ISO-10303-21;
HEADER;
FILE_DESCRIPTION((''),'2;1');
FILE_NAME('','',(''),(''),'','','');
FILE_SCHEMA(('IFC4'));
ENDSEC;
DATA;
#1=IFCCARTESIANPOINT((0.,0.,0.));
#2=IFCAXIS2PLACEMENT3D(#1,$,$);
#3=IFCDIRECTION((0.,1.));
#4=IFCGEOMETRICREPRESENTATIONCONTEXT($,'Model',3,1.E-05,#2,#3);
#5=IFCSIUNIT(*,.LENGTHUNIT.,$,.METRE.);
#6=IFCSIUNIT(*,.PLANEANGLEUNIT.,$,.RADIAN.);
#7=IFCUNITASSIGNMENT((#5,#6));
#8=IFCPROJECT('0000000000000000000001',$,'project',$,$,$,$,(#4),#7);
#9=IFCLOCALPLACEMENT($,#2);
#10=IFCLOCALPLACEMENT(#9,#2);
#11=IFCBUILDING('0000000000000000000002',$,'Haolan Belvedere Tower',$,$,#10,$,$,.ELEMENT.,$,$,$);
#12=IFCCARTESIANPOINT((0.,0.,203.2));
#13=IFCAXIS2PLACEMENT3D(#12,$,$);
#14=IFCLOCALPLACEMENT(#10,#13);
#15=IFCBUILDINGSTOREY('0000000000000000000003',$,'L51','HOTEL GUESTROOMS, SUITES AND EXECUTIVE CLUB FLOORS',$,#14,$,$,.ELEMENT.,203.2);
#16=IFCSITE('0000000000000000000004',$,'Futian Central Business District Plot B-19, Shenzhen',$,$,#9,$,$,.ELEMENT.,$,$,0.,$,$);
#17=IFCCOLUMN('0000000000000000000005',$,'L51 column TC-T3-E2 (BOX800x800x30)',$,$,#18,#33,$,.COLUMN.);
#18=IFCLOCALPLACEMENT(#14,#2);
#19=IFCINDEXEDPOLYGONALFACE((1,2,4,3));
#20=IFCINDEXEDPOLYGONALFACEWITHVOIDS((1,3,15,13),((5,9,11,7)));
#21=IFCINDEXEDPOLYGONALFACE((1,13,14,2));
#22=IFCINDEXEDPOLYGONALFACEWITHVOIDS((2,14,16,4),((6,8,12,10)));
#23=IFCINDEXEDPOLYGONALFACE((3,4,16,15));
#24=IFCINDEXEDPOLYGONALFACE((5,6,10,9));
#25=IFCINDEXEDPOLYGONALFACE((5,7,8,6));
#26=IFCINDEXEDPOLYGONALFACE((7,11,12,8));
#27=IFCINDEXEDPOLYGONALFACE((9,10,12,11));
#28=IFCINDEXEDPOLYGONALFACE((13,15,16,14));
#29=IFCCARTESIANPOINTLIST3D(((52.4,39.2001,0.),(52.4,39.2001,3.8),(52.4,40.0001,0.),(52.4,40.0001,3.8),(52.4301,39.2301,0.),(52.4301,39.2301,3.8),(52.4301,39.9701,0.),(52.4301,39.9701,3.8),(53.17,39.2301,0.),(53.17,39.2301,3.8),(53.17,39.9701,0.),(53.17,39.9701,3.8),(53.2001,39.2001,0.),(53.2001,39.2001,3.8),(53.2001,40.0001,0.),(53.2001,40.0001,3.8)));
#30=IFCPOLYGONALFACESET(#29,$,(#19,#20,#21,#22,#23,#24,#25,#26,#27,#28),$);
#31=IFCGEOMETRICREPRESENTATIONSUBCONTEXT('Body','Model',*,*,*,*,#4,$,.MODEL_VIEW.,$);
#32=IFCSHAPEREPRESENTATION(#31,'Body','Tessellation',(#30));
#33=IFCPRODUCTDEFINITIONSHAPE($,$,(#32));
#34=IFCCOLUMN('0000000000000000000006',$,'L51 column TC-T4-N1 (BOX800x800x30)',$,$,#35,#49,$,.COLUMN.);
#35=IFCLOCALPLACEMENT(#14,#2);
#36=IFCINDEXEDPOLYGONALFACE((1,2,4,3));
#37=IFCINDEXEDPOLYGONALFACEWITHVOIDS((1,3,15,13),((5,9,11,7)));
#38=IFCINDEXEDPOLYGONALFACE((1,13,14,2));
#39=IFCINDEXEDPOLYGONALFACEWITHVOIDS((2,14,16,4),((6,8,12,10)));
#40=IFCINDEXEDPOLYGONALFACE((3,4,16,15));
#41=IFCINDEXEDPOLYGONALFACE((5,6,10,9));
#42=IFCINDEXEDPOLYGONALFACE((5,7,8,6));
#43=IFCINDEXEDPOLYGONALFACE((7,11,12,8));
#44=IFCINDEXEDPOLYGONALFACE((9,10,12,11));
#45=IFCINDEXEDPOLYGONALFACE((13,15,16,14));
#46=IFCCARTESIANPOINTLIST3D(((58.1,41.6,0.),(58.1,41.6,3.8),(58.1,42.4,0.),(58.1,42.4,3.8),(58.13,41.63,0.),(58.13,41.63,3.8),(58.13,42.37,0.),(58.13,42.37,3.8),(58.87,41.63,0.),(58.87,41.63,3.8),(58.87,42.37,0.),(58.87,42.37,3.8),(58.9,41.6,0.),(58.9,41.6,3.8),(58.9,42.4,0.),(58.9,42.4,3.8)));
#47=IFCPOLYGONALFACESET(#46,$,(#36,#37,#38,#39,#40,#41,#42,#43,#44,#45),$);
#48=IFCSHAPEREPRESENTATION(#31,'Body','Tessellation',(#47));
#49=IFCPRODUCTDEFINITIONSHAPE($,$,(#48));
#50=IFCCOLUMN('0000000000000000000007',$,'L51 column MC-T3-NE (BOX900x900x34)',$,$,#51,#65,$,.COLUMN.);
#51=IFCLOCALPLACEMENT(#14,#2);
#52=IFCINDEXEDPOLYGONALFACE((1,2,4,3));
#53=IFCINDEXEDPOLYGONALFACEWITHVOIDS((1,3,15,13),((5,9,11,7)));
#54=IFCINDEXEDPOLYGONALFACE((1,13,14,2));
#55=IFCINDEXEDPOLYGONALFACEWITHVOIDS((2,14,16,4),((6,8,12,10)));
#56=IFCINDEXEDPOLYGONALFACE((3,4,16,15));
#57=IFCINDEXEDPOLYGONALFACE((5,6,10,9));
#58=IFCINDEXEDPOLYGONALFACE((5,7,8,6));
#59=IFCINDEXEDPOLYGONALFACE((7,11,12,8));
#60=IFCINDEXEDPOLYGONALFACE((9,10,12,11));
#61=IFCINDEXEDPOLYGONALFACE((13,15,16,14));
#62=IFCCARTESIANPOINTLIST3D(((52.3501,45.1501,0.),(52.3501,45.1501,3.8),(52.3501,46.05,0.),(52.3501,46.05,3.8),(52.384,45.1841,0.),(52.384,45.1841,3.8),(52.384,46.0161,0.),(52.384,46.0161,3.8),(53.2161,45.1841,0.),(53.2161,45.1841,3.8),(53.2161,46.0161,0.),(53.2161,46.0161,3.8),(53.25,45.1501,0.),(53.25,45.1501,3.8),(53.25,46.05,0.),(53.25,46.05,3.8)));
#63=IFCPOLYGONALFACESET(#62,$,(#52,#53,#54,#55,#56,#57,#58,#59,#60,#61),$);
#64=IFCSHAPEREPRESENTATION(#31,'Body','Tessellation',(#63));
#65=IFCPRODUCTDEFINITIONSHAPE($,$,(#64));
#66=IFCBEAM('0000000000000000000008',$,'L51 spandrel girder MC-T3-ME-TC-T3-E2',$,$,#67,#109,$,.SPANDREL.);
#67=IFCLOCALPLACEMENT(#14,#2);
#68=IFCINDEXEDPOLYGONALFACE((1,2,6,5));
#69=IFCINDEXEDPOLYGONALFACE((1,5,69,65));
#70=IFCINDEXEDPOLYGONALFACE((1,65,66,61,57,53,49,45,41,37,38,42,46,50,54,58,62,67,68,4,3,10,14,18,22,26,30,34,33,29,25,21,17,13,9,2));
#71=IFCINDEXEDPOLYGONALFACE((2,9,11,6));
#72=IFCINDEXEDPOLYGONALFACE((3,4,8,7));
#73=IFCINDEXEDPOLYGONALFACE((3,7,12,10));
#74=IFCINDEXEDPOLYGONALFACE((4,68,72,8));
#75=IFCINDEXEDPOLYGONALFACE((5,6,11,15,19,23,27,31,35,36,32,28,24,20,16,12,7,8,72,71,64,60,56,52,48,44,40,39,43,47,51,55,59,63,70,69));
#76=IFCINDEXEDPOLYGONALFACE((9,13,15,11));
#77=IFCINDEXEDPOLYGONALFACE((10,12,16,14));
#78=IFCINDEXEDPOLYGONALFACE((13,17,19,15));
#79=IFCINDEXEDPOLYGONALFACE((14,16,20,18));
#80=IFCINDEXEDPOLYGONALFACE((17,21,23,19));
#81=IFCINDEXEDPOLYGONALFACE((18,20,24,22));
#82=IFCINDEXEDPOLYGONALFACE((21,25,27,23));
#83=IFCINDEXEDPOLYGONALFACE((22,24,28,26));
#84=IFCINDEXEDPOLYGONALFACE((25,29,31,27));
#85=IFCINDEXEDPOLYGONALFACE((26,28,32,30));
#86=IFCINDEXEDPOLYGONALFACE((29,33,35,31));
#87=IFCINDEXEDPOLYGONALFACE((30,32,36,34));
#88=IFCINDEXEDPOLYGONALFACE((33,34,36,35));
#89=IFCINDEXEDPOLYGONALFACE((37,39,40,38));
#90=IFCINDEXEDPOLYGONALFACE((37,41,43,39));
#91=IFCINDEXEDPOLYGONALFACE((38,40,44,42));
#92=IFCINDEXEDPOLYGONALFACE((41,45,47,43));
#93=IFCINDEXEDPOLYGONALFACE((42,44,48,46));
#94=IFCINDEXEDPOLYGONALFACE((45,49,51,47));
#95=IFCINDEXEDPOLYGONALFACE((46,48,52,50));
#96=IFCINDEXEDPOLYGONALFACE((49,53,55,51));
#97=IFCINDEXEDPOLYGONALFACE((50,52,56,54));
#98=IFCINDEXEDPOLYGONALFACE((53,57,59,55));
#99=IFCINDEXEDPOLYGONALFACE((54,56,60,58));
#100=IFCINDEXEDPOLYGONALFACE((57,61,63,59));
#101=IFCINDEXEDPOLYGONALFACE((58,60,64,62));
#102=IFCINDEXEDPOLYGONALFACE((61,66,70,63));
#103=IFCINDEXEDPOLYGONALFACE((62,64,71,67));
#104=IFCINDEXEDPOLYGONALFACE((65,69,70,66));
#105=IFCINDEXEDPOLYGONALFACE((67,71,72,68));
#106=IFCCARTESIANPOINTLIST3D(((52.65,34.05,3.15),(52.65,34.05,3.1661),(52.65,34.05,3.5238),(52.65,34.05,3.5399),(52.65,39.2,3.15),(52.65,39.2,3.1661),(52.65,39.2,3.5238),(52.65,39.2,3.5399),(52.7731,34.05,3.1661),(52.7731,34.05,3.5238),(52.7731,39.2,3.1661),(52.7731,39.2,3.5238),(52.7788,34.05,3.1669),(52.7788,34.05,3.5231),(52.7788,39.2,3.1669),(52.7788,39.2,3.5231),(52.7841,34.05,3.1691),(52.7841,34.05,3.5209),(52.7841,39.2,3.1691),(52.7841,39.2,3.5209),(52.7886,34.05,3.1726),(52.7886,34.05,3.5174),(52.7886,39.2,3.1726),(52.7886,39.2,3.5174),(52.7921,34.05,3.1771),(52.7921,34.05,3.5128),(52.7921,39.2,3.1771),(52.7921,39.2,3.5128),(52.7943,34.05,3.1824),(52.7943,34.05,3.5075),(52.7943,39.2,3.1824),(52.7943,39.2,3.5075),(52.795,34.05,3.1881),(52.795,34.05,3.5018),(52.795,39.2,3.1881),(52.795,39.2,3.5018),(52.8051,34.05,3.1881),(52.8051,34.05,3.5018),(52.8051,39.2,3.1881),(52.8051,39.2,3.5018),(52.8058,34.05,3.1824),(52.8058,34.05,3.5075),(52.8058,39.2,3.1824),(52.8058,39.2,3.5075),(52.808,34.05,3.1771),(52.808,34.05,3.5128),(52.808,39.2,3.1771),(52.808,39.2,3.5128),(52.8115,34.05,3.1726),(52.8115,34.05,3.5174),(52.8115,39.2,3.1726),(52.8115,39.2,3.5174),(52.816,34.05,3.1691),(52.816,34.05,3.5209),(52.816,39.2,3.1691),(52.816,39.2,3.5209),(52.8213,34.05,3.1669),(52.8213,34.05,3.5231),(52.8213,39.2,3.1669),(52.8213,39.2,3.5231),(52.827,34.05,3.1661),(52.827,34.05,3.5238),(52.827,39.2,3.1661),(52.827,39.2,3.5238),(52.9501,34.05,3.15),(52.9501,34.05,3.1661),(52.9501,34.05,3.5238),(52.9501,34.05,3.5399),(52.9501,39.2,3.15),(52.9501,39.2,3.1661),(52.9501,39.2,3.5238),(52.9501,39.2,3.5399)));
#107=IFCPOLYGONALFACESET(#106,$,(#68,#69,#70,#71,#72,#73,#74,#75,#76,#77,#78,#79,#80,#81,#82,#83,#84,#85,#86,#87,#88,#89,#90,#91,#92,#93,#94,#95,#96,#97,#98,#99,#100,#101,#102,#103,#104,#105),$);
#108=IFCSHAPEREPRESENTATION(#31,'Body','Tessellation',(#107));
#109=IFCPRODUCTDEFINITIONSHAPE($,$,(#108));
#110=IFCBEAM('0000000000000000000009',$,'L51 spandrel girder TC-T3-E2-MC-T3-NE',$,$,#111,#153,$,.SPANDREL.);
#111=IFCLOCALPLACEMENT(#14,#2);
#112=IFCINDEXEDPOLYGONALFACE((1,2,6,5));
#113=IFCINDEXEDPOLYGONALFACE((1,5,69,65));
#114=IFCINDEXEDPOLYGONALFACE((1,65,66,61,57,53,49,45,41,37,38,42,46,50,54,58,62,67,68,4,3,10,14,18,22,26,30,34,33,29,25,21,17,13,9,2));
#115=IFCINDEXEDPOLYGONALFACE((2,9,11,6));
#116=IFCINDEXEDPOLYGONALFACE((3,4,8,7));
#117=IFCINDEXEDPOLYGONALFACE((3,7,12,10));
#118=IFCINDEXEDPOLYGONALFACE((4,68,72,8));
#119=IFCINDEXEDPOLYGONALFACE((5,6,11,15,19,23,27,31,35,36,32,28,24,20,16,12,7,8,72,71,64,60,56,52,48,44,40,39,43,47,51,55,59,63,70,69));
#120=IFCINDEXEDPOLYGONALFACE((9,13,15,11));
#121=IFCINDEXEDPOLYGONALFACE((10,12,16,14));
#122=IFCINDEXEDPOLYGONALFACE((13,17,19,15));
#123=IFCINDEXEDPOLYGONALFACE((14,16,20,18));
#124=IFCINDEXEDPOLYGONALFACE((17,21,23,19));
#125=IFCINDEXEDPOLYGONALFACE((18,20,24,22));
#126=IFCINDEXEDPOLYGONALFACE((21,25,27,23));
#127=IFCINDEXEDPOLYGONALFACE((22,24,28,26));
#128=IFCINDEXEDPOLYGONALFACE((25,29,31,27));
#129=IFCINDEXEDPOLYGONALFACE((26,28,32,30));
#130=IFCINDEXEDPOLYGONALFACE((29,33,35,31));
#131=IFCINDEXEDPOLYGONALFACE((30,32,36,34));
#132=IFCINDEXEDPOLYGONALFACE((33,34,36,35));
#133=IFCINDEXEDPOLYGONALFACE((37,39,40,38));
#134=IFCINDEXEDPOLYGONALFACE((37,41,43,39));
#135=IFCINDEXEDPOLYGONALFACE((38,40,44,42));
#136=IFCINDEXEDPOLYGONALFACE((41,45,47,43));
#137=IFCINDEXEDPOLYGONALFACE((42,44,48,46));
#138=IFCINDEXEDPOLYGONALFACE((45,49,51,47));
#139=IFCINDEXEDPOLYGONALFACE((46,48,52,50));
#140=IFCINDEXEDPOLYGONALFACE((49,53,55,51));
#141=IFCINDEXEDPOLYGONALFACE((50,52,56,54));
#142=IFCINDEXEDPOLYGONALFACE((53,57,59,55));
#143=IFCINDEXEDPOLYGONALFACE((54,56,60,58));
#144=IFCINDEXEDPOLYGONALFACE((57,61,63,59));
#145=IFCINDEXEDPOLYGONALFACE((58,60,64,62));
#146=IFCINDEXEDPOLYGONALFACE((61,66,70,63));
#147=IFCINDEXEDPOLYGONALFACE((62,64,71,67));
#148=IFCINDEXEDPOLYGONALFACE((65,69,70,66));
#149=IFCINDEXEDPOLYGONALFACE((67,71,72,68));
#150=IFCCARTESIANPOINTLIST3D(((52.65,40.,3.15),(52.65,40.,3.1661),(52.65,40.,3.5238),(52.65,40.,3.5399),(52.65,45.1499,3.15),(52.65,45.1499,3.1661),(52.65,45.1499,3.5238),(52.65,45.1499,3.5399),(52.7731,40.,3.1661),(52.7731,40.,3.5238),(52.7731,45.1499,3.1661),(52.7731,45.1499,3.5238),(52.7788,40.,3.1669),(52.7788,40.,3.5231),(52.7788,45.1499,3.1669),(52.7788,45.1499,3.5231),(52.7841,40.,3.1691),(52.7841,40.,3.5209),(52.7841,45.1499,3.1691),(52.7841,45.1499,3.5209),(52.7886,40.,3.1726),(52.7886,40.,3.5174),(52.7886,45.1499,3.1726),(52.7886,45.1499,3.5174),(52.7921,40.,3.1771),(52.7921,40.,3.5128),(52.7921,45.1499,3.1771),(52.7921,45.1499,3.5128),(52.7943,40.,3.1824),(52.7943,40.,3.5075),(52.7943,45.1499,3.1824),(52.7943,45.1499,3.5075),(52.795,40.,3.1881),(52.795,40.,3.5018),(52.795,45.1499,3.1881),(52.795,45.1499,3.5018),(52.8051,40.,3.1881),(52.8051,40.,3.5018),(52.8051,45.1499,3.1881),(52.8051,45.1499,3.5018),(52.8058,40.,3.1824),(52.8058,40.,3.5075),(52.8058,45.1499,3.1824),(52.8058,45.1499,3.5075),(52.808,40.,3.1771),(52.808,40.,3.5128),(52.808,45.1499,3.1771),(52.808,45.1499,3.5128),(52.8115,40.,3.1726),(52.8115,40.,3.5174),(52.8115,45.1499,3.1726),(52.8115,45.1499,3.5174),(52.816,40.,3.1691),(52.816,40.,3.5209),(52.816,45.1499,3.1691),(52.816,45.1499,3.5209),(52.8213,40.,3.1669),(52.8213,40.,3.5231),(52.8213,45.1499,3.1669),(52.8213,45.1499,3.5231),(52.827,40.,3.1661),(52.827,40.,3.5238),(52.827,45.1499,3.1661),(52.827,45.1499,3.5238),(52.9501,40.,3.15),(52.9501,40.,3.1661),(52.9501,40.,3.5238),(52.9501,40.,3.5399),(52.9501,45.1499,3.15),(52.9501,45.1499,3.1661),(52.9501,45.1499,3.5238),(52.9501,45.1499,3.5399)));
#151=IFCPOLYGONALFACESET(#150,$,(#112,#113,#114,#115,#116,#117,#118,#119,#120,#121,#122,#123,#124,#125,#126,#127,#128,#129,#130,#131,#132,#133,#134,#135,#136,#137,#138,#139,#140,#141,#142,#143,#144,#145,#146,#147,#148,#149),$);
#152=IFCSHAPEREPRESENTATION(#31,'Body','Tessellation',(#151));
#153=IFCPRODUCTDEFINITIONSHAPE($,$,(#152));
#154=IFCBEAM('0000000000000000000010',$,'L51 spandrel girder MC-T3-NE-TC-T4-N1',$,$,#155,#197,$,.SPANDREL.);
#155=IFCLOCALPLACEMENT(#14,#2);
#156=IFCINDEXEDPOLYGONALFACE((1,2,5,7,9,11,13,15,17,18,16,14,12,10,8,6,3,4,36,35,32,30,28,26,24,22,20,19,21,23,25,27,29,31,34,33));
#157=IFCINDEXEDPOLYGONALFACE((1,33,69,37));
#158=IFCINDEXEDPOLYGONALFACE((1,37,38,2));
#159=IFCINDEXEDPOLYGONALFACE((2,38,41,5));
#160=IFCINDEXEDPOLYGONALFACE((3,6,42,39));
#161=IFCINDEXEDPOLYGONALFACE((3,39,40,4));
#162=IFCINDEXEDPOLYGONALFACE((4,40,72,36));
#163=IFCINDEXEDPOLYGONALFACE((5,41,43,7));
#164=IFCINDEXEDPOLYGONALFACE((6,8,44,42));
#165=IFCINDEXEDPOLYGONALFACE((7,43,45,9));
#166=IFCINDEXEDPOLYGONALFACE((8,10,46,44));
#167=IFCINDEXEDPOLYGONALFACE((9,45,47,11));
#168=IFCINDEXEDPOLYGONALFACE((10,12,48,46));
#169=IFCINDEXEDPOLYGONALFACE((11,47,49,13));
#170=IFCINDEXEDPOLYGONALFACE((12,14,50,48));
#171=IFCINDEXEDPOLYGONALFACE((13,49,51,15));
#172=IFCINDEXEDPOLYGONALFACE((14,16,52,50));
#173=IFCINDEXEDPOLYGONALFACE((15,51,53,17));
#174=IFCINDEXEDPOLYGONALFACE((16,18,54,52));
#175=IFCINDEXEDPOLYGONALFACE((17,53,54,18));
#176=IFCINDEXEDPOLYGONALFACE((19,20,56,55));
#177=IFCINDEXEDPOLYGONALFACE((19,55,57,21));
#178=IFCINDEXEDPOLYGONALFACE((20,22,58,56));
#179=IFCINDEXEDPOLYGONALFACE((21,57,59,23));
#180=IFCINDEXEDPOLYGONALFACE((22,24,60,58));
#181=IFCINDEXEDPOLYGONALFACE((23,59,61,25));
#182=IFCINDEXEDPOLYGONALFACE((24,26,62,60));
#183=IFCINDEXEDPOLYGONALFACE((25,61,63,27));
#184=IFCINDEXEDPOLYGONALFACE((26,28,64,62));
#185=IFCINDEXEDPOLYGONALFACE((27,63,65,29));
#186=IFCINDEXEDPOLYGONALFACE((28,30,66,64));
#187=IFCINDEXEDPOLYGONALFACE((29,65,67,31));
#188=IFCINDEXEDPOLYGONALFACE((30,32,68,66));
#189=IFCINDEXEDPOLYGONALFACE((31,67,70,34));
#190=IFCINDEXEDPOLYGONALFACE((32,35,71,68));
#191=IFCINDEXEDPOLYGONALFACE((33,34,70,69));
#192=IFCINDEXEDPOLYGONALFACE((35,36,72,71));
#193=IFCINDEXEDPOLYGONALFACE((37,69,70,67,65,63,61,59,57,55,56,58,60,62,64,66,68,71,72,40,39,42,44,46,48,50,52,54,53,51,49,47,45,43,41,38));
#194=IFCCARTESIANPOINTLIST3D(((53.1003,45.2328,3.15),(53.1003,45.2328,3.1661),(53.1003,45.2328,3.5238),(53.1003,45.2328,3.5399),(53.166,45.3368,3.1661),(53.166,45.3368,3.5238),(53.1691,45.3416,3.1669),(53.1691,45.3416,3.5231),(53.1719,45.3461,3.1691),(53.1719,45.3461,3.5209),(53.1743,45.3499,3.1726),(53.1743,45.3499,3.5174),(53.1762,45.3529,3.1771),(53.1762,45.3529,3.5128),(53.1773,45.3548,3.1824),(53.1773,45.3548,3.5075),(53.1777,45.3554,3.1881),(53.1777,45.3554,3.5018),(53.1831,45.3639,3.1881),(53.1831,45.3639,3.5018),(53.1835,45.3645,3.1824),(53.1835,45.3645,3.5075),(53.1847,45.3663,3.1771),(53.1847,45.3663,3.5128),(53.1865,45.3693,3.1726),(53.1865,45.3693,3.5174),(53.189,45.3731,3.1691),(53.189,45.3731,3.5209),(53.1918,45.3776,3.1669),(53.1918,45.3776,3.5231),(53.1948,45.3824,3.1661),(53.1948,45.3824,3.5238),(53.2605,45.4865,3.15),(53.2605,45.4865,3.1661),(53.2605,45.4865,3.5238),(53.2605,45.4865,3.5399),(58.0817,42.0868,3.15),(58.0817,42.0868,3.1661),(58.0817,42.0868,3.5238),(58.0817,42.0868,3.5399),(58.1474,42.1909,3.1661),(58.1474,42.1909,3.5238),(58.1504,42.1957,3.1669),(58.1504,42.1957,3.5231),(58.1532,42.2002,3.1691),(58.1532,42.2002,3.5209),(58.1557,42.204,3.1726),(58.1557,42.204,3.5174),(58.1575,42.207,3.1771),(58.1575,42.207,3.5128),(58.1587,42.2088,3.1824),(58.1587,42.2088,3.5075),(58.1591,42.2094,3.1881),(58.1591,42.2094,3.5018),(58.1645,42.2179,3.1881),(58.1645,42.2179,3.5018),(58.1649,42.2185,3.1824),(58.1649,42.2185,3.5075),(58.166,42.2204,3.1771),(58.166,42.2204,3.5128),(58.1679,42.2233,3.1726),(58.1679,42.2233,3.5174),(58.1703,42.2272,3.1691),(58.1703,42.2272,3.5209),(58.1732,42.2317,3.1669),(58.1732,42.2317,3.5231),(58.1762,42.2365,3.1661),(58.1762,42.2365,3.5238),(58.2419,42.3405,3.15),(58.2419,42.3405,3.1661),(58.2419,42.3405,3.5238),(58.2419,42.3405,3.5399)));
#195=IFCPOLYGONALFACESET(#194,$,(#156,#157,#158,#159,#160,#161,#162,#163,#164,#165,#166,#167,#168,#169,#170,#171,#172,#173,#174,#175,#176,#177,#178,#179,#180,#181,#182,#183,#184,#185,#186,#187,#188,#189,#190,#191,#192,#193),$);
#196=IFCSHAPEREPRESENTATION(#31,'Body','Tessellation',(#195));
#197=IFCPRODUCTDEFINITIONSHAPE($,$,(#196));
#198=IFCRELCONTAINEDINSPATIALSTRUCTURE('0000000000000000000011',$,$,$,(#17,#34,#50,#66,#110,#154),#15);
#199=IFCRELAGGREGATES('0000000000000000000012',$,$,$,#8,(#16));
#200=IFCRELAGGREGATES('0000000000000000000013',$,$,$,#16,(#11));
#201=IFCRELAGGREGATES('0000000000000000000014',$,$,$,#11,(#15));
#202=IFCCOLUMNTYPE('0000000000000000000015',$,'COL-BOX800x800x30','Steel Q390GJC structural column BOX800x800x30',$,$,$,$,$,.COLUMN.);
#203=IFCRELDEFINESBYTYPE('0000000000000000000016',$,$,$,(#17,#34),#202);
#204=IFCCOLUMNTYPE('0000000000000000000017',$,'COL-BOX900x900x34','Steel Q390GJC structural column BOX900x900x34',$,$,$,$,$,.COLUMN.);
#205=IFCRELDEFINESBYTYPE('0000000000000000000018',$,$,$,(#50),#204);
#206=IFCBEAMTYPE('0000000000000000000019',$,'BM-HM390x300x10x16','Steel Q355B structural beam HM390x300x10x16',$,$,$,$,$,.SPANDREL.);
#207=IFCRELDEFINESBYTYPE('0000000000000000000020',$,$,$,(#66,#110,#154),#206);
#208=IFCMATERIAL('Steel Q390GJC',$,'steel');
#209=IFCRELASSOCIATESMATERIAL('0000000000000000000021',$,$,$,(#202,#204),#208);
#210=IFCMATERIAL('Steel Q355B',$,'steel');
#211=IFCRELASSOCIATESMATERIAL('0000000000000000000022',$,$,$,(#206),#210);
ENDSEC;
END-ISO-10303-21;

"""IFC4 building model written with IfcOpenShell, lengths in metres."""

from ifc_helpers import new_model, si_unit, direction, frame, origin, origin_2d, place, context, subcontext, project, spatial, hollow_rectangle, i_section, extrude, material, material_profile, profile_set, type_object, element, save


model = new_model("IFC4")

# Units and contexts
model_context = context("Model", 3, precision=1e-05, world=origin(), true_north=direction((0.0, 1.0)))
body_context = subcontext(model_context, "Body", "Model", "MODEL_VIEW")
ifc_project = project(units=[si_unit("LENGTHUNIT", "METRE"), si_unit("PLANEANGLEUNIT", "RADIAN")], contexts=[model_context])

# Site, building, storey
site_placement = place(None, origin())
site = spatial("IfcSite", under=ifc_project, at=site_placement, Name="Futian Central Business District Plot B-19, Shenzhen", CompositionType="ELEMENT", RefElevation=0.0)
building_placement = place(site_placement, origin())
building = spatial("IfcBuilding", under=site, at=building_placement, Name="Haolan Belvedere Tower", CompositionType="ELEMENT")
storey_placement = place(building_placement, frame((0.0, 0.0, 203.2)))
storey = spatial("IfcBuildingStorey", under=building, at=storey_placement, Name="L51", Description="HOTEL GUESTROOMS, SUITES AND EXECUTIVE CLUB FLOORS", CompositionType="ELEMENT", Elevation=203.2)

# Columns
ifc_material_1 = material(Name="Steel Q390GJC", Category="steel")
ifc_material_profile_1 = material_profile(ifc_material_1, hollow_rectangle(XDim=0.8, YDim=0.8, WallThickness=0.03, at=origin_2d()), Name="Steel Q390GJC")
ifc_profile_set_1 = profile_set([ifc_material_profile_1], Name="Steel Q390GJC")
column_type_1 = type_object("IfcColumnType", Name="COL-BOX800x800x30", Description="Steel Q390GJC structural column BOX800x800x30", PredefinedType="COLUMN", material=ifc_profile_set_1)
for number, where, z_axis, x_axis, name in (
    (1, (52.8, 39.6001, 0.0), (0.0, 0.0, 1.0), (1.0, 0.0, 0.0), "L51 column TC-T3-E2 (BOX800x800x30)"),
    (2, (58.5, 42.0, 0.0), (0.0, 0.0, 1.0), (1.0, 0.0, 0.0), "L51 column TC-T4-N1 (BOX800x800x30)"),
):
    element("IfcColumn", number, at=place(storey_placement, frame(where, z_axis=z_axis, x_axis=x_axis)), inside=storey, type_object=column_type_1, Name=name, PredefinedType="COLUMN", context=body_context, shape_type="SweptSolid", body=[
        extrude(hollow_rectangle(XDim=0.8, YDim=0.8, WallThickness=0.03, at=origin_2d()), origin(), (0.0, 0.0, 1.0), 3.8),
    ])
ifc_material_profile_2 = material_profile(ifc_material_1, hollow_rectangle(XDim=0.8999, YDim=0.8999, WallThickness=0.0339, at=origin_2d()), Name="Steel Q390GJC")
ifc_profile_set_2 = profile_set([ifc_material_profile_2], Name="Steel Q390GJC")
column_type_2 = type_object("IfcColumnType", Name="COL-BOX900x900x34", Description="Steel Q390GJC structural column BOX900x900x34", PredefinedType="COLUMN", material=ifc_profile_set_2)
column_placement = place(storey_placement, frame((52.8, 45.6001, 0.0), z_axis=(0.0, 0.0, 1.0), x_axis=(1.0, 0.0, 0.0)))
element("IfcColumn", 3, at=column_placement, inside=storey, type_object=column_type_2, Name="L51 column MC-T3-NE (BOX900x900x34)", PredefinedType="COLUMN", context=body_context, shape_type="SweptSolid", body=[
    extrude(hollow_rectangle(XDim=0.8999, YDim=0.8999, WallThickness=0.0339, at=origin_2d()), origin(), (0.0, 0.0, 1.0), 3.8),
])

# Beams
ifc_material_2 = material(Name="Steel Q355B", Category="steel")
ifc_material_profile_3 = material_profile(ifc_material_2, i_section(OverallWidth=0.3, OverallDepth=0.3899, WebThickness=0.01, FlangeThickness=0.0161, FilletRadius=0.022, at=origin_2d()), Name="Steel Q355B")
ifc_profile_set_3 = profile_set([ifc_material_profile_3], Name="Steel Q355B")
beam_type = type_object("IfcBeamType", Name="BM-HM390x300x10x16", Description="Steel Q355B structural beam HM390x300x10x16", PredefinedType="SPANDREL", material=ifc_profile_set_3)
for number, where, z_axis, x_axis, name in (
    (4, (52.8, 34.05, 3.345), (0.0, 1.0, 0.0), (-1.0, 0.0, 0.0), "L51 spandrel girder MC-T3-ME-TC-T3-E2"),
    (5, (52.8, 40.0, 3.345), (0.0, 1.0, 0.0), (-1.0, 0.0, 0.0), "L51 spandrel girder TC-T3-E2-MC-T3-NE"),
):
    element("IfcBeam", number, at=place(storey_placement, frame(where, z_axis=z_axis, x_axis=x_axis)), inside=storey, type_object=beam_type, Name=name, PredefinedType="SPANDREL", context=body_context, shape_type="SweptSolid", body=[
        extrude(i_section(OverallWidth=0.3, OverallDepth=0.3899, WebThickness=0.01, FlangeThickness=0.0161, FilletRadius=0.022, at=origin_2d()), origin(), (0.0, 0.0, 1.0), 5.1499),
    ])
beam_placement = place(storey_placement, frame((53.1804, 45.3596, 3.345), z_axis=(0.845503, -0.533971, 0.0), x_axis=(0.533971, 0.845503, 0.0)))
element("IfcBeam", 6, at=beam_placement, inside=storey, type_object=beam_type, Name="L51 spandrel girder MC-T3-NE-TC-T4-N1", PredefinedType="SPANDREL", context=body_context, shape_type="SweptSolid", body=[
    extrude(i_section(OverallWidth=0.3, OverallDepth=0.3899, WebThickness=0.01, FlangeThickness=0.0161, FilletRadius=0.022, at=origin_2d()), origin(), (0.0, 0.0, 1.0), 5.8916),
])

save(model, "model.ifc")
